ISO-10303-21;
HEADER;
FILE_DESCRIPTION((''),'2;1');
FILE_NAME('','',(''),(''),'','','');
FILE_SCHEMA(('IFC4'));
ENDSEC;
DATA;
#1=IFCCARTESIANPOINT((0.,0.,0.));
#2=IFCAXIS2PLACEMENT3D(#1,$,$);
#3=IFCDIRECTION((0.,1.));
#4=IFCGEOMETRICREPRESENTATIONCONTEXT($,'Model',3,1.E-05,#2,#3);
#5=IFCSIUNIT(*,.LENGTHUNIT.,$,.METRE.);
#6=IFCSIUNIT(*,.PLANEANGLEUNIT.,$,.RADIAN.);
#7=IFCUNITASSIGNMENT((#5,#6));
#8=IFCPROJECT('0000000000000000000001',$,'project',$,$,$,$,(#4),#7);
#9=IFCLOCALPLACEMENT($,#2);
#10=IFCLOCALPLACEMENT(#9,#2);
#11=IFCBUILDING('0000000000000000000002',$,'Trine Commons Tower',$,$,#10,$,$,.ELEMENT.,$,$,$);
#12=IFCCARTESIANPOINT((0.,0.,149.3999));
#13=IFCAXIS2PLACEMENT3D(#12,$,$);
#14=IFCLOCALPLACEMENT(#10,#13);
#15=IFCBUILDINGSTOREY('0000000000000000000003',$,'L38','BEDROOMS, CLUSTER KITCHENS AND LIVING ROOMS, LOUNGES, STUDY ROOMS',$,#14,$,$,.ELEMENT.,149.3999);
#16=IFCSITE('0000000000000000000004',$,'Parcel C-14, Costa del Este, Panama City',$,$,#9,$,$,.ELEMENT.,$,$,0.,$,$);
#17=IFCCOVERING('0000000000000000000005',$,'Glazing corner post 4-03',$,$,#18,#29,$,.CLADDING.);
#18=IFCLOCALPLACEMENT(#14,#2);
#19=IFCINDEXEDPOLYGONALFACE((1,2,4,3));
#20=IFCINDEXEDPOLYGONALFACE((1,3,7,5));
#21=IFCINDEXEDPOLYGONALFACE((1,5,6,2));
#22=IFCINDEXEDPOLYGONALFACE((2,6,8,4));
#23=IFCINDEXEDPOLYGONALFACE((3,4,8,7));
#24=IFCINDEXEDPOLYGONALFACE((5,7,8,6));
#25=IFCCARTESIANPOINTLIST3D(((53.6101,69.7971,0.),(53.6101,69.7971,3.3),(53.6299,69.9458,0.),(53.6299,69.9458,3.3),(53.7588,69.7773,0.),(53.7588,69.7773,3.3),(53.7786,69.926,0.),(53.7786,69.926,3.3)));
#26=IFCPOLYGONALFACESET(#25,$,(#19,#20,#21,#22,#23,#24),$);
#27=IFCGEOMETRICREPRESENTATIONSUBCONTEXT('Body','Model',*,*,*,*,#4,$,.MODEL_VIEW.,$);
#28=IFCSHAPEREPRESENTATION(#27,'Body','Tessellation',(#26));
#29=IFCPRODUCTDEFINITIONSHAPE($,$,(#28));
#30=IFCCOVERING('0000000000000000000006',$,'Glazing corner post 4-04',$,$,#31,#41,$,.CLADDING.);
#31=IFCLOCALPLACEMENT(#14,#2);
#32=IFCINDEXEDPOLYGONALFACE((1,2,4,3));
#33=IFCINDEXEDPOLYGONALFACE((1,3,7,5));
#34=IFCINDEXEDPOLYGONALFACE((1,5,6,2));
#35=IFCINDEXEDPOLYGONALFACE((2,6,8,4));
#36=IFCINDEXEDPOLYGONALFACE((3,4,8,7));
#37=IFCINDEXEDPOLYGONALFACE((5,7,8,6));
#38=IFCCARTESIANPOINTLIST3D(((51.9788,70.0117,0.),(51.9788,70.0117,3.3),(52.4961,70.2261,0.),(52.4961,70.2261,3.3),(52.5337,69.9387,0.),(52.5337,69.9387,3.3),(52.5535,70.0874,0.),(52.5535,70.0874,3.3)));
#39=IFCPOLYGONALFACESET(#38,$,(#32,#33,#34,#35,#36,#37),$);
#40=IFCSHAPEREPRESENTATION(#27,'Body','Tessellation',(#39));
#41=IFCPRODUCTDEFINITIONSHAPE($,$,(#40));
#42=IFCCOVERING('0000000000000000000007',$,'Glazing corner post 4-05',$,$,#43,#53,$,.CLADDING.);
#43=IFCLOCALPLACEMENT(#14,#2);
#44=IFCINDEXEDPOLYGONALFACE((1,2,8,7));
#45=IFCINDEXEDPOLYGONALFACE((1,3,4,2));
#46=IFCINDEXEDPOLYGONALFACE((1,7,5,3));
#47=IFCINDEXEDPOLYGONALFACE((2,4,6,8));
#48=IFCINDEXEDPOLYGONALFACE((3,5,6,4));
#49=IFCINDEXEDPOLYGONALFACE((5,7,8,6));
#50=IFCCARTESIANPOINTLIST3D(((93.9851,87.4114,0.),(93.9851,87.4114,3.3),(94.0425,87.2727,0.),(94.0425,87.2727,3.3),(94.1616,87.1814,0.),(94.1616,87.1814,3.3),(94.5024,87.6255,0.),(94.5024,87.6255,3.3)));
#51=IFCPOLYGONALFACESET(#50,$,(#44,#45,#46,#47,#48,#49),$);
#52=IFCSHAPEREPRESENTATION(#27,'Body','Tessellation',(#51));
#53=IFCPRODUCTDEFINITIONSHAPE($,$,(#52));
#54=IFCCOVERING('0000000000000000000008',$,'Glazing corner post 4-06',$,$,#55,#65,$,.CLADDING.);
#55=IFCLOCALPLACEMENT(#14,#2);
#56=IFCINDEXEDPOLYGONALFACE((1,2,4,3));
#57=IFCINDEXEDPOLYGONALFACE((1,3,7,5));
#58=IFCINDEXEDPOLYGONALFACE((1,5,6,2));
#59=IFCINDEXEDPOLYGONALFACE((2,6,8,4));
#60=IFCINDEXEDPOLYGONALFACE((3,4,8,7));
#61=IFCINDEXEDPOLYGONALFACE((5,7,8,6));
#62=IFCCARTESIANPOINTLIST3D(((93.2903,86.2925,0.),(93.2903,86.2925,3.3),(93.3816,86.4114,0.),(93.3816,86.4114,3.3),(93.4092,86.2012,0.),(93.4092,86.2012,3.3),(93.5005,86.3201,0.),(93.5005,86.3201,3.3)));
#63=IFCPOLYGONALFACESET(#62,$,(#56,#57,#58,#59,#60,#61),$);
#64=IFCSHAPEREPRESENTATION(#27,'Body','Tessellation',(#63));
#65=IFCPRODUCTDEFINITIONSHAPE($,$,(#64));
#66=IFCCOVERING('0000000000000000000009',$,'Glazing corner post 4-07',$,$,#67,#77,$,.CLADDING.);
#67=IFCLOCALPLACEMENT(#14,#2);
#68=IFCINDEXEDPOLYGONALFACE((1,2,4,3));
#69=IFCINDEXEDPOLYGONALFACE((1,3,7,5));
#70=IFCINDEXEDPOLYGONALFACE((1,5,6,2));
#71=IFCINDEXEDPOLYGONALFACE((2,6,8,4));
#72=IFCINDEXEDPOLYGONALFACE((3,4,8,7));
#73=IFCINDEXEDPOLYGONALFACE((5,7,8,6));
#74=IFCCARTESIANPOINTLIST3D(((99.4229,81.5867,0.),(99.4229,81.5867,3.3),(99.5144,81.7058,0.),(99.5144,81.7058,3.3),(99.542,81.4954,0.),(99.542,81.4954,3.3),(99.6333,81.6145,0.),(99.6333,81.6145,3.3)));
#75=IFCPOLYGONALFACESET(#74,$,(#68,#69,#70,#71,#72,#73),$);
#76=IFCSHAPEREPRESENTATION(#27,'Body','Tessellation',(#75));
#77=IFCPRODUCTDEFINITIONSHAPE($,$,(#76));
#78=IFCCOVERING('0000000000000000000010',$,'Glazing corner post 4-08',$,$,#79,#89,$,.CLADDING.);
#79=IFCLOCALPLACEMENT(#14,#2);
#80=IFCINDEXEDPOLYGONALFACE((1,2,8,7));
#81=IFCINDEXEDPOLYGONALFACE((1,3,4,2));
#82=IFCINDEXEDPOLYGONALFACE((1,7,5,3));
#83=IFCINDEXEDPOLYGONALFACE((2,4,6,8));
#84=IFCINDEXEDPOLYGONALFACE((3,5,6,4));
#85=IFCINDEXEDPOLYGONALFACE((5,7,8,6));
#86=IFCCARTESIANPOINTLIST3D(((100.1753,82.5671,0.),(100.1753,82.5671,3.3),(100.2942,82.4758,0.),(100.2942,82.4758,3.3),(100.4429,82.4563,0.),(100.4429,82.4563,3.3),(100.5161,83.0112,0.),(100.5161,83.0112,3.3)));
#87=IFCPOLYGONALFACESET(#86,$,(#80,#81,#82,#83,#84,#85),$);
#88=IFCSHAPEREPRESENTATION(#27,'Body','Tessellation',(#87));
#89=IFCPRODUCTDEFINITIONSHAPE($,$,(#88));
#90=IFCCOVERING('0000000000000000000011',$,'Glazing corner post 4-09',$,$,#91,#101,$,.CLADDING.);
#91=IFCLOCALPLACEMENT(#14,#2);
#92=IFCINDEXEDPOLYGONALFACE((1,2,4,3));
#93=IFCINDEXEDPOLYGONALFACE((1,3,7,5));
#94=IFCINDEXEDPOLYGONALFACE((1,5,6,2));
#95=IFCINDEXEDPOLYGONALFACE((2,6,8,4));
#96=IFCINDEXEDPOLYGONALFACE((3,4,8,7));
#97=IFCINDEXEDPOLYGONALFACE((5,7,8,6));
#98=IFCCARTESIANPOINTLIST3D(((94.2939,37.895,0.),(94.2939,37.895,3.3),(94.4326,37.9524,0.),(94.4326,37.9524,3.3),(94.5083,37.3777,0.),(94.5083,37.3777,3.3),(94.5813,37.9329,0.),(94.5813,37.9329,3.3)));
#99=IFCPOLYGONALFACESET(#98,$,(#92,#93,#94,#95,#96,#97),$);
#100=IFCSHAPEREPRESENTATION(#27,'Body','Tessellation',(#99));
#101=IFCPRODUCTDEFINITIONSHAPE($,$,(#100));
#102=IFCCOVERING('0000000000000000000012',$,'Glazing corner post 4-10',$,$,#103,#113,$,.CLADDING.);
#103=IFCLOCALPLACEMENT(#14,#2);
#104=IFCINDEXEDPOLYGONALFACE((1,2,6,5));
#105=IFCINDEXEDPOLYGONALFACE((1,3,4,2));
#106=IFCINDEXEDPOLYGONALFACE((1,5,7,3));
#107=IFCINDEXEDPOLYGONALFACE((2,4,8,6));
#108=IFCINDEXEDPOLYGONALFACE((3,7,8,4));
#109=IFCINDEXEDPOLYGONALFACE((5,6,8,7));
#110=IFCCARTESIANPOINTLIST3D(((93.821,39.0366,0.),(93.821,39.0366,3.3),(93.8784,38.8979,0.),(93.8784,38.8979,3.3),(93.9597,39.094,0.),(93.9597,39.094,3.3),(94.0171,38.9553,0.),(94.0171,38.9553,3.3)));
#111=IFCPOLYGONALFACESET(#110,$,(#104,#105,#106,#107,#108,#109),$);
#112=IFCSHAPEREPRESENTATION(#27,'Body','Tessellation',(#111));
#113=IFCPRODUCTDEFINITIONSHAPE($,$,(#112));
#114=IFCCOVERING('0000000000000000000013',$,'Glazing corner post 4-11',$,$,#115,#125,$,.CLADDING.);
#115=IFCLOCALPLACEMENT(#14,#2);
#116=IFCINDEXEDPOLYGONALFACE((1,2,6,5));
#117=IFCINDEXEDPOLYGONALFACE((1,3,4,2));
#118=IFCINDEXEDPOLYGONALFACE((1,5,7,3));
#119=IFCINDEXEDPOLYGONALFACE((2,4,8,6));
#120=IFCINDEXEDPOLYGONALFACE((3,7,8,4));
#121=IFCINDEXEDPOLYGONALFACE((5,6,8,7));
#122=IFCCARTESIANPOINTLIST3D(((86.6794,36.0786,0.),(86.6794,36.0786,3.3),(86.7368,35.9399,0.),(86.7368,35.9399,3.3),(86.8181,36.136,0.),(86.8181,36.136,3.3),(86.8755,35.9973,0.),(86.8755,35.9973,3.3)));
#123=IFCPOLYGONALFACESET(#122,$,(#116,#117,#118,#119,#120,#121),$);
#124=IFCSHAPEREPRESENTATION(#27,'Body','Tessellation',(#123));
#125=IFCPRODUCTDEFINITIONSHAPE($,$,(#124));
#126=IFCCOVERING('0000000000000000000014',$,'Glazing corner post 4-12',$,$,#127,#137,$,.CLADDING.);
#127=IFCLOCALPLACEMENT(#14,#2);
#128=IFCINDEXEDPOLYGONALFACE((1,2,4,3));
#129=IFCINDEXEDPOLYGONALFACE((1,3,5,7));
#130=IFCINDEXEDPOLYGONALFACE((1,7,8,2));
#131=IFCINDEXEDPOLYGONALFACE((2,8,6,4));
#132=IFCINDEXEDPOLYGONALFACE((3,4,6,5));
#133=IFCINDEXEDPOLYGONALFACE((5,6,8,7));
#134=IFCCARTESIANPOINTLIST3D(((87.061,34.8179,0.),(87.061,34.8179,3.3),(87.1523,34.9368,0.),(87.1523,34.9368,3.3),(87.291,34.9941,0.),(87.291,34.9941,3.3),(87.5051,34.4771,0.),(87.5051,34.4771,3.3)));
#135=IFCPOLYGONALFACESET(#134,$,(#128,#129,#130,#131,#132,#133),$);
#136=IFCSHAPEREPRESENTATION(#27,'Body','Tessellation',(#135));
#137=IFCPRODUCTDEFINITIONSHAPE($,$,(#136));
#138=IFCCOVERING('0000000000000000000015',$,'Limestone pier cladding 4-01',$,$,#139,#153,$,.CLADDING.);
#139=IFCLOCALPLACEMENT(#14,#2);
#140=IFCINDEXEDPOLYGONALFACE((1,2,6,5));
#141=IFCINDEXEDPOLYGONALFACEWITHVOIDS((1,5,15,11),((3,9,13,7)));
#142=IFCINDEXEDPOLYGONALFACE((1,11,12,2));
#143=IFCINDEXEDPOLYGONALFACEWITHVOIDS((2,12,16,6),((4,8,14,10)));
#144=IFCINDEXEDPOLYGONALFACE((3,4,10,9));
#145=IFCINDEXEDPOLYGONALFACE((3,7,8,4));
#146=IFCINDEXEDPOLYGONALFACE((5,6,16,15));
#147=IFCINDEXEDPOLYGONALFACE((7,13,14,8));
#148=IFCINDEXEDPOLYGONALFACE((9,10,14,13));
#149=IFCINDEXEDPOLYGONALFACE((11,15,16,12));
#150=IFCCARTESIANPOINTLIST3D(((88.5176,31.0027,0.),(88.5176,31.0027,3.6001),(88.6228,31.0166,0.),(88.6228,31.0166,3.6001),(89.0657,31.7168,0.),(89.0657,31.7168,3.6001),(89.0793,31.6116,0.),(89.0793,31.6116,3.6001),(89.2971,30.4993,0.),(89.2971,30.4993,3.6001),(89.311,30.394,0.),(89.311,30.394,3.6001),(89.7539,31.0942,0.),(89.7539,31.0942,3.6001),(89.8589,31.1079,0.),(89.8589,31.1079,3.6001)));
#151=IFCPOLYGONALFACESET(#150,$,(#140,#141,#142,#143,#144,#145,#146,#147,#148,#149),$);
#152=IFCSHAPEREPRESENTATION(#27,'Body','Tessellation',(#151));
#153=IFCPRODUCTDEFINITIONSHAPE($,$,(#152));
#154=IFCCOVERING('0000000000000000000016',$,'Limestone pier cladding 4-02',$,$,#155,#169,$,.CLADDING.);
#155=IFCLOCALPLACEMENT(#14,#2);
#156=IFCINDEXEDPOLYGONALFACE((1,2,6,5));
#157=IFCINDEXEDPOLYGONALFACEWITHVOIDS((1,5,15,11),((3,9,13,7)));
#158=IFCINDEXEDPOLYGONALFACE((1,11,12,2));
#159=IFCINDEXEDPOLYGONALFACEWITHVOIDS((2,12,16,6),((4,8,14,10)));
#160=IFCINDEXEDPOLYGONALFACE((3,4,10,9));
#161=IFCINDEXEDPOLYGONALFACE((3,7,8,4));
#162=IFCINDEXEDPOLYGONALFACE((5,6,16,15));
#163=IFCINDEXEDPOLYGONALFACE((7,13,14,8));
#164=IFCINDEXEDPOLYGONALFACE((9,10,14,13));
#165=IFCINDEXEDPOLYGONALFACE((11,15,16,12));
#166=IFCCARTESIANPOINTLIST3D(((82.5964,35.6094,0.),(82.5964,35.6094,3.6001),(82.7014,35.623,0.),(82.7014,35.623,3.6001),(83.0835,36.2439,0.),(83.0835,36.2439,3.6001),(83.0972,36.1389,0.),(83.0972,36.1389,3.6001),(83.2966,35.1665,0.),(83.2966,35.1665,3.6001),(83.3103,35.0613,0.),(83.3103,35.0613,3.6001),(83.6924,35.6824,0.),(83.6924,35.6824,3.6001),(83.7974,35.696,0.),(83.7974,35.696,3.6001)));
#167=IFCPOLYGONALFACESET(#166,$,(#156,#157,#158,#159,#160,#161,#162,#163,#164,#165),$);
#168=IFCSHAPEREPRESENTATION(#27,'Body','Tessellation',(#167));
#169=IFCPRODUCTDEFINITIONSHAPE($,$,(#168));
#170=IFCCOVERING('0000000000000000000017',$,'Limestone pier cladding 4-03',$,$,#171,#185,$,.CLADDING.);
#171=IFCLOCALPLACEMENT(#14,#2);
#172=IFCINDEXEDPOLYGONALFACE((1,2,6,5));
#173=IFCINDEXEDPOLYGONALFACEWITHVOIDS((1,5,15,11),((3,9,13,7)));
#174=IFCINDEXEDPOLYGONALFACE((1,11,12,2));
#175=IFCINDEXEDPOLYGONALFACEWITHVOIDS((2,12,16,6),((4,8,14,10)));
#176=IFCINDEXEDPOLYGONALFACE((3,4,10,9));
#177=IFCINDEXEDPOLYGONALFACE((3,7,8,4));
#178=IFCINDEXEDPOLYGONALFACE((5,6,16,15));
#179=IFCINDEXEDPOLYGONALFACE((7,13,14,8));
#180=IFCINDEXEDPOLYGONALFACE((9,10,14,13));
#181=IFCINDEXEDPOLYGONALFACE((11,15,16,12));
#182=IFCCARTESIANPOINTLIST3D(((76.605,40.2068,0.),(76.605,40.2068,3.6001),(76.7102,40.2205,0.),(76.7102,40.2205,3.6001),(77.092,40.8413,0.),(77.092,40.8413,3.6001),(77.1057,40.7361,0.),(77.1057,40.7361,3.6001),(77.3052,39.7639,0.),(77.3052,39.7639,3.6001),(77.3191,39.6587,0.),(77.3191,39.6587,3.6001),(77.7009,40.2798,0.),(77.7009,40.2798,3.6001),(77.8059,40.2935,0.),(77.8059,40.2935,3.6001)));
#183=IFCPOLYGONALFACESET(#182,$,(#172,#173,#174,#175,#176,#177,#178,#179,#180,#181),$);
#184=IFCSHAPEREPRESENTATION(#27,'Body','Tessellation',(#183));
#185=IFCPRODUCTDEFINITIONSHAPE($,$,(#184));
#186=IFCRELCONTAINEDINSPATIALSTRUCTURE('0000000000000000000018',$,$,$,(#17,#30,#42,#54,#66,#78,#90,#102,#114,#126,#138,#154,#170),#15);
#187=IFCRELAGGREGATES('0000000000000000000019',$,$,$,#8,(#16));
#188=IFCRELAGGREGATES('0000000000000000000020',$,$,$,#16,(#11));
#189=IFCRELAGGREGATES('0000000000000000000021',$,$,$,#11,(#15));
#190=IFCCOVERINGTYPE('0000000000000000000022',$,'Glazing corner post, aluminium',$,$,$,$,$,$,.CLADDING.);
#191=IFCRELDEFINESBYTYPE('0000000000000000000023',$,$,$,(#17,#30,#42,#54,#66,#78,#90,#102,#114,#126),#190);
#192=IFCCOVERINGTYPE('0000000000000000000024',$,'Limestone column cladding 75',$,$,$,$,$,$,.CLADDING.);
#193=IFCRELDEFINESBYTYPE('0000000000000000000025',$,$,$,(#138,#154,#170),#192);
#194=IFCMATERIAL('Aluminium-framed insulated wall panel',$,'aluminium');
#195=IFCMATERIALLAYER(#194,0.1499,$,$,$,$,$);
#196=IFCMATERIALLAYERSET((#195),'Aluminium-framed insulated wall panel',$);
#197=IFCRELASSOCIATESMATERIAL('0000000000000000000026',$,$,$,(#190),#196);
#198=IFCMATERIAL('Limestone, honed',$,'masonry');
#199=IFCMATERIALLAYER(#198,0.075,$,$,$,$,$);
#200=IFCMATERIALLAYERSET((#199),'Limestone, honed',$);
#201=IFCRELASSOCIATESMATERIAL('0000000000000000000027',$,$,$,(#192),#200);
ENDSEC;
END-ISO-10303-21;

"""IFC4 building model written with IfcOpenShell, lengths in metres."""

from ifc_helpers import new_model, si_unit, direction, frame, origin, place, context, subcontext, project, spatial, polyline, outline, extrude, material, layer, layer_set, type_object, element, save


model = new_model("IFC4")

# Units and contexts
model_context = context("Model", 3, precision=1e-05, world=origin(), true_north=direction((0.0, 1.0)))
body_context = subcontext(model_context, "Body", "Model", "MODEL_VIEW")
ifc_project = project(units=[si_unit("LENGTHUNIT", "METRE"), si_unit("PLANEANGLEUNIT", "RADIAN")], contexts=[model_context])

# Site, building, storey
site_placement = place(None, origin())
site = spatial("IfcSite", under=ifc_project, at=site_placement, Name="Parcel C-14, Costa del Este, Panama City", CompositionType="ELEMENT", RefElevation=0.0)
building_placement = place(site_placement, origin())
building = spatial("IfcBuilding", under=site, at=building_placement, Name="Trine Commons Tower", CompositionType="ELEMENT")
storey_placement = place(building_placement, frame((0.0, 0.0, 149.3999)))
storey = spatial("IfcBuildingStorey", under=building, at=storey_placement, Name="L38", Description="BEDROOMS, CLUSTER KITCHENS AND LIVING ROOMS, LOUNGES, STUDY ROOMS", CompositionType="ELEMENT", Elevation=149.3999)

# Coverings
ifc_material_1 = material(Name="Aluminium-framed insulated wall panel", Category="aluminium")
ifc_layer_1 = layer(ifc_material_1, 0.1499)
ifc_layer_set_1 = layer_set([ifc_layer_1], Name="Aluminium-framed insulated wall panel")
covering_type_1 = type_object("IfcCoveringType", Name="Glazing corner post, aluminium", PredefinedType="CLADDING", material=ifc_layer_set_1)
covering_1_placement = place(storey_placement, origin())
element("IfcCovering", 1, at=covering_1_placement, inside=storey, type_object=covering_type_1, Name="Glazing corner post 4-03", PredefinedType="CLADDING", context=body_context, shape_type="SweptSolid", body=[
    extrude(outline(polyline([(53.6101, 69.7971), (53.7588, 69.7773), (53.7786, 69.926), (53.6299, 69.9458), (53.6101, 69.7971)])), origin(), (0.0, 0.0, 1.0), 3.3),
])
covering_2_placement = place(storey_placement, origin())
element("IfcCovering", 2, at=covering_2_placement, inside=storey, type_object=covering_type_1, Name="Glazing corner post 4-04", PredefinedType="CLADDING", context=body_context, shape_type="SweptSolid", body=[
    extrude(outline(polyline([(52.5337, 69.9387), (52.5535, 70.0874), (52.4961, 70.2261), (51.9788, 70.0117), (52.5337, 69.9387)])), origin(), (0.0, 0.0, 1.0), 3.3),
])
covering_3_placement = place(storey_placement, origin())
element("IfcCovering", 3, at=covering_3_placement, inside=storey, type_object=covering_type_1, Name="Glazing corner post 4-05", PredefinedType="CLADDING", context=body_context, shape_type="SweptSolid", body=[
    extrude(outline(polyline([(94.0425, 87.2727), (94.0425, 87.2727), (94.1616, 87.1814), (94.5024, 87.6255), (93.9851, 87.4114), (94.0425, 87.2727)])), origin(), (0.0, 0.0, 1.0), 3.3),
])
covering_4_placement = place(storey_placement, origin())
element("IfcCovering", 4, at=covering_4_placement, inside=storey, type_object=covering_type_1, Name="Glazing corner post 4-06", PredefinedType="CLADDING", context=body_context, shape_type="SweptSolid", body=[
    extrude(outline(polyline([(93.4092, 86.2012), (93.5005, 86.3201), (93.3816, 86.4114), (93.2903, 86.2925), (93.4092, 86.2012)])), origin(), (0.0, 0.0, 1.0), 3.3),
])
covering_5_placement = place(storey_placement, origin())
element("IfcCovering", 5, at=covering_5_placement, inside=storey, type_object=covering_type_1, Name="Glazing corner post 4-07", PredefinedType="CLADDING", context=body_context, shape_type="SweptSolid", body=[
    extrude(outline(polyline([(99.4229, 81.5867), (99.542, 81.4954), (99.6333, 81.6145), (99.5144, 81.7058), (99.4229, 81.5867)])), origin(), (0.0, 0.0, 1.0), 3.3),
])
covering_6_placement = place(storey_placement, origin())
element("IfcCovering", 6, at=covering_6_placement, inside=storey, type_object=covering_type_1, Name="Glazing corner post 4-08", PredefinedType="CLADDING", context=body_context, shape_type="SweptSolid", body=[
    extrude(outline(polyline([(100.4429, 82.4563), (100.5161, 83.0112), (100.1753, 82.5671), (100.2942, 82.4758), (100.4429, 82.4563)])), origin(), (0.0, 0.0, 1.0), 3.3),
])
covering_7_placement = place(storey_placement, origin())
element("IfcCovering", 7, at=covering_7_placement, inside=storey, type_object=covering_type_1, Name="Glazing corner post 4-09", PredefinedType="CLADDING", context=body_context, shape_type="SweptSolid", body=[
    extrude(outline(polyline([(94.2939, 37.895), (94.5083, 37.3777), (94.5813, 37.9329), (94.4326, 37.9524), (94.4326, 37.9524), (94.2939, 37.895)])), origin(), (0.0, 0.0, 1.0), 3.3),
])
covering_8_placement = place(storey_placement, origin())
element("IfcCovering", 8, at=covering_8_placement, inside=storey, type_object=covering_type_1, Name="Glazing corner post 4-10", PredefinedType="CLADDING", context=body_context, shape_type="SweptSolid", body=[
    extrude(outline(polyline([(93.821, 39.0366), (93.8784, 38.8979), (93.8784, 38.8979), (94.0171, 38.9553), (93.9597, 39.094), (93.821, 39.0366)])), origin(), (0.0, 0.0, 1.0), 3.3),
])
covering_9_placement = place(storey_placement, origin())
element("IfcCovering", 9, at=covering_9_placement, inside=storey, type_object=covering_type_1, Name="Glazing corner post 4-11", PredefinedType="CLADDING", context=body_context, shape_type="SweptSolid", body=[
    extrude(outline(polyline([(86.7368, 35.9399), (86.8755, 35.9973), (86.8181, 36.136), (86.6794, 36.0786), (86.7368, 35.9399)])), origin(), (0.0, 0.0, 1.0), 3.3),
])
covering_10_placement = place(storey_placement, origin())
element("IfcCovering", 10, at=covering_10_placement, inside=storey, type_object=covering_type_1, Name="Glazing corner post 4-12", PredefinedType="CLADDING", context=body_context, shape_type="SweptSolid", body=[
    extrude(outline(polyline([(87.061, 34.8179), (87.5051, 34.4771), (87.291, 34.9941), (87.1523, 34.9368), (87.061, 34.8179)])), origin(), (0.0, 0.0, 1.0), 3.3),
])
ifc_material_2 = material(Name="Limestone, honed", Category="masonry")
ifc_layer_2 = layer(ifc_material_2, 0.075)
ifc_layer_set_2 = layer_set([ifc_layer_2], Name="Limestone, honed")
covering_type_2 = type_object("IfcCoveringType", Name="Limestone column cladding 75", PredefinedType="CLADDING", material=ifc_layer_set_2)
covering_11_placement = place(storey_placement, origin())
element("IfcCovering", 11, at=covering_11_placement, inside=storey, type_object=covering_type_2, Name="Limestone pier cladding 4-01", PredefinedType="CLADDING", context=body_context, shape_type="SweptSolid", body=[
    extrude(outline(polyline([(89.0657, 31.7168), (88.5176, 31.0027), (89.311, 30.394), (89.8589, 31.1079), (89.0657, 31.7168)]), holes=[polyline([(89.0793, 31.6116), (88.6228, 31.0166), (89.2971, 30.4993), (89.7539, 31.0942), (89.0793, 31.6116)])]), origin(), (0.0, 0.0, 1.0), 3.6001),
])
covering_12_placement = place(storey_placement, origin())
element("IfcCovering", 12, at=covering_12_placement, inside=storey, type_object=covering_type_2, Name="Limestone pier cladding 4-02", PredefinedType="CLADDING", context=body_context, shape_type="SweptSolid", body=[
    extrude(outline(polyline([(83.0835, 36.2439), (82.5964, 35.6094), (83.3103, 35.0613), (83.7974, 35.696), (83.0835, 36.2439)]), holes=[polyline([(83.0972, 36.1389), (82.7014, 35.623), (83.2966, 35.1665), (83.6924, 35.6824), (83.0972, 36.1389)])]), origin(), (0.0, 0.0, 1.0), 3.6001),
])
covering_13_placement = place(storey_placement, origin())
element("IfcCovering", 13, at=covering_13_placement, inside=storey, type_object=covering_type_2, Name="Limestone pier cladding 4-03", PredefinedType="CLADDING", context=body_context, shape_type="SweptSolid", body=[
    extrude(outline(polyline([(77.092, 40.8413), (76.605, 40.2068), (77.3191, 39.6587), (77.8059, 40.2935), (77.092, 40.8413)]), holes=[polyline([(77.1057, 40.7361), (76.7102, 40.2205), (77.3052, 39.7639), (77.7009, 40.2798), (77.1057, 40.7361)])]), origin(), (0.0, 0.0, 1.0), 3.6001),
])

save(model, "model.ifc")
